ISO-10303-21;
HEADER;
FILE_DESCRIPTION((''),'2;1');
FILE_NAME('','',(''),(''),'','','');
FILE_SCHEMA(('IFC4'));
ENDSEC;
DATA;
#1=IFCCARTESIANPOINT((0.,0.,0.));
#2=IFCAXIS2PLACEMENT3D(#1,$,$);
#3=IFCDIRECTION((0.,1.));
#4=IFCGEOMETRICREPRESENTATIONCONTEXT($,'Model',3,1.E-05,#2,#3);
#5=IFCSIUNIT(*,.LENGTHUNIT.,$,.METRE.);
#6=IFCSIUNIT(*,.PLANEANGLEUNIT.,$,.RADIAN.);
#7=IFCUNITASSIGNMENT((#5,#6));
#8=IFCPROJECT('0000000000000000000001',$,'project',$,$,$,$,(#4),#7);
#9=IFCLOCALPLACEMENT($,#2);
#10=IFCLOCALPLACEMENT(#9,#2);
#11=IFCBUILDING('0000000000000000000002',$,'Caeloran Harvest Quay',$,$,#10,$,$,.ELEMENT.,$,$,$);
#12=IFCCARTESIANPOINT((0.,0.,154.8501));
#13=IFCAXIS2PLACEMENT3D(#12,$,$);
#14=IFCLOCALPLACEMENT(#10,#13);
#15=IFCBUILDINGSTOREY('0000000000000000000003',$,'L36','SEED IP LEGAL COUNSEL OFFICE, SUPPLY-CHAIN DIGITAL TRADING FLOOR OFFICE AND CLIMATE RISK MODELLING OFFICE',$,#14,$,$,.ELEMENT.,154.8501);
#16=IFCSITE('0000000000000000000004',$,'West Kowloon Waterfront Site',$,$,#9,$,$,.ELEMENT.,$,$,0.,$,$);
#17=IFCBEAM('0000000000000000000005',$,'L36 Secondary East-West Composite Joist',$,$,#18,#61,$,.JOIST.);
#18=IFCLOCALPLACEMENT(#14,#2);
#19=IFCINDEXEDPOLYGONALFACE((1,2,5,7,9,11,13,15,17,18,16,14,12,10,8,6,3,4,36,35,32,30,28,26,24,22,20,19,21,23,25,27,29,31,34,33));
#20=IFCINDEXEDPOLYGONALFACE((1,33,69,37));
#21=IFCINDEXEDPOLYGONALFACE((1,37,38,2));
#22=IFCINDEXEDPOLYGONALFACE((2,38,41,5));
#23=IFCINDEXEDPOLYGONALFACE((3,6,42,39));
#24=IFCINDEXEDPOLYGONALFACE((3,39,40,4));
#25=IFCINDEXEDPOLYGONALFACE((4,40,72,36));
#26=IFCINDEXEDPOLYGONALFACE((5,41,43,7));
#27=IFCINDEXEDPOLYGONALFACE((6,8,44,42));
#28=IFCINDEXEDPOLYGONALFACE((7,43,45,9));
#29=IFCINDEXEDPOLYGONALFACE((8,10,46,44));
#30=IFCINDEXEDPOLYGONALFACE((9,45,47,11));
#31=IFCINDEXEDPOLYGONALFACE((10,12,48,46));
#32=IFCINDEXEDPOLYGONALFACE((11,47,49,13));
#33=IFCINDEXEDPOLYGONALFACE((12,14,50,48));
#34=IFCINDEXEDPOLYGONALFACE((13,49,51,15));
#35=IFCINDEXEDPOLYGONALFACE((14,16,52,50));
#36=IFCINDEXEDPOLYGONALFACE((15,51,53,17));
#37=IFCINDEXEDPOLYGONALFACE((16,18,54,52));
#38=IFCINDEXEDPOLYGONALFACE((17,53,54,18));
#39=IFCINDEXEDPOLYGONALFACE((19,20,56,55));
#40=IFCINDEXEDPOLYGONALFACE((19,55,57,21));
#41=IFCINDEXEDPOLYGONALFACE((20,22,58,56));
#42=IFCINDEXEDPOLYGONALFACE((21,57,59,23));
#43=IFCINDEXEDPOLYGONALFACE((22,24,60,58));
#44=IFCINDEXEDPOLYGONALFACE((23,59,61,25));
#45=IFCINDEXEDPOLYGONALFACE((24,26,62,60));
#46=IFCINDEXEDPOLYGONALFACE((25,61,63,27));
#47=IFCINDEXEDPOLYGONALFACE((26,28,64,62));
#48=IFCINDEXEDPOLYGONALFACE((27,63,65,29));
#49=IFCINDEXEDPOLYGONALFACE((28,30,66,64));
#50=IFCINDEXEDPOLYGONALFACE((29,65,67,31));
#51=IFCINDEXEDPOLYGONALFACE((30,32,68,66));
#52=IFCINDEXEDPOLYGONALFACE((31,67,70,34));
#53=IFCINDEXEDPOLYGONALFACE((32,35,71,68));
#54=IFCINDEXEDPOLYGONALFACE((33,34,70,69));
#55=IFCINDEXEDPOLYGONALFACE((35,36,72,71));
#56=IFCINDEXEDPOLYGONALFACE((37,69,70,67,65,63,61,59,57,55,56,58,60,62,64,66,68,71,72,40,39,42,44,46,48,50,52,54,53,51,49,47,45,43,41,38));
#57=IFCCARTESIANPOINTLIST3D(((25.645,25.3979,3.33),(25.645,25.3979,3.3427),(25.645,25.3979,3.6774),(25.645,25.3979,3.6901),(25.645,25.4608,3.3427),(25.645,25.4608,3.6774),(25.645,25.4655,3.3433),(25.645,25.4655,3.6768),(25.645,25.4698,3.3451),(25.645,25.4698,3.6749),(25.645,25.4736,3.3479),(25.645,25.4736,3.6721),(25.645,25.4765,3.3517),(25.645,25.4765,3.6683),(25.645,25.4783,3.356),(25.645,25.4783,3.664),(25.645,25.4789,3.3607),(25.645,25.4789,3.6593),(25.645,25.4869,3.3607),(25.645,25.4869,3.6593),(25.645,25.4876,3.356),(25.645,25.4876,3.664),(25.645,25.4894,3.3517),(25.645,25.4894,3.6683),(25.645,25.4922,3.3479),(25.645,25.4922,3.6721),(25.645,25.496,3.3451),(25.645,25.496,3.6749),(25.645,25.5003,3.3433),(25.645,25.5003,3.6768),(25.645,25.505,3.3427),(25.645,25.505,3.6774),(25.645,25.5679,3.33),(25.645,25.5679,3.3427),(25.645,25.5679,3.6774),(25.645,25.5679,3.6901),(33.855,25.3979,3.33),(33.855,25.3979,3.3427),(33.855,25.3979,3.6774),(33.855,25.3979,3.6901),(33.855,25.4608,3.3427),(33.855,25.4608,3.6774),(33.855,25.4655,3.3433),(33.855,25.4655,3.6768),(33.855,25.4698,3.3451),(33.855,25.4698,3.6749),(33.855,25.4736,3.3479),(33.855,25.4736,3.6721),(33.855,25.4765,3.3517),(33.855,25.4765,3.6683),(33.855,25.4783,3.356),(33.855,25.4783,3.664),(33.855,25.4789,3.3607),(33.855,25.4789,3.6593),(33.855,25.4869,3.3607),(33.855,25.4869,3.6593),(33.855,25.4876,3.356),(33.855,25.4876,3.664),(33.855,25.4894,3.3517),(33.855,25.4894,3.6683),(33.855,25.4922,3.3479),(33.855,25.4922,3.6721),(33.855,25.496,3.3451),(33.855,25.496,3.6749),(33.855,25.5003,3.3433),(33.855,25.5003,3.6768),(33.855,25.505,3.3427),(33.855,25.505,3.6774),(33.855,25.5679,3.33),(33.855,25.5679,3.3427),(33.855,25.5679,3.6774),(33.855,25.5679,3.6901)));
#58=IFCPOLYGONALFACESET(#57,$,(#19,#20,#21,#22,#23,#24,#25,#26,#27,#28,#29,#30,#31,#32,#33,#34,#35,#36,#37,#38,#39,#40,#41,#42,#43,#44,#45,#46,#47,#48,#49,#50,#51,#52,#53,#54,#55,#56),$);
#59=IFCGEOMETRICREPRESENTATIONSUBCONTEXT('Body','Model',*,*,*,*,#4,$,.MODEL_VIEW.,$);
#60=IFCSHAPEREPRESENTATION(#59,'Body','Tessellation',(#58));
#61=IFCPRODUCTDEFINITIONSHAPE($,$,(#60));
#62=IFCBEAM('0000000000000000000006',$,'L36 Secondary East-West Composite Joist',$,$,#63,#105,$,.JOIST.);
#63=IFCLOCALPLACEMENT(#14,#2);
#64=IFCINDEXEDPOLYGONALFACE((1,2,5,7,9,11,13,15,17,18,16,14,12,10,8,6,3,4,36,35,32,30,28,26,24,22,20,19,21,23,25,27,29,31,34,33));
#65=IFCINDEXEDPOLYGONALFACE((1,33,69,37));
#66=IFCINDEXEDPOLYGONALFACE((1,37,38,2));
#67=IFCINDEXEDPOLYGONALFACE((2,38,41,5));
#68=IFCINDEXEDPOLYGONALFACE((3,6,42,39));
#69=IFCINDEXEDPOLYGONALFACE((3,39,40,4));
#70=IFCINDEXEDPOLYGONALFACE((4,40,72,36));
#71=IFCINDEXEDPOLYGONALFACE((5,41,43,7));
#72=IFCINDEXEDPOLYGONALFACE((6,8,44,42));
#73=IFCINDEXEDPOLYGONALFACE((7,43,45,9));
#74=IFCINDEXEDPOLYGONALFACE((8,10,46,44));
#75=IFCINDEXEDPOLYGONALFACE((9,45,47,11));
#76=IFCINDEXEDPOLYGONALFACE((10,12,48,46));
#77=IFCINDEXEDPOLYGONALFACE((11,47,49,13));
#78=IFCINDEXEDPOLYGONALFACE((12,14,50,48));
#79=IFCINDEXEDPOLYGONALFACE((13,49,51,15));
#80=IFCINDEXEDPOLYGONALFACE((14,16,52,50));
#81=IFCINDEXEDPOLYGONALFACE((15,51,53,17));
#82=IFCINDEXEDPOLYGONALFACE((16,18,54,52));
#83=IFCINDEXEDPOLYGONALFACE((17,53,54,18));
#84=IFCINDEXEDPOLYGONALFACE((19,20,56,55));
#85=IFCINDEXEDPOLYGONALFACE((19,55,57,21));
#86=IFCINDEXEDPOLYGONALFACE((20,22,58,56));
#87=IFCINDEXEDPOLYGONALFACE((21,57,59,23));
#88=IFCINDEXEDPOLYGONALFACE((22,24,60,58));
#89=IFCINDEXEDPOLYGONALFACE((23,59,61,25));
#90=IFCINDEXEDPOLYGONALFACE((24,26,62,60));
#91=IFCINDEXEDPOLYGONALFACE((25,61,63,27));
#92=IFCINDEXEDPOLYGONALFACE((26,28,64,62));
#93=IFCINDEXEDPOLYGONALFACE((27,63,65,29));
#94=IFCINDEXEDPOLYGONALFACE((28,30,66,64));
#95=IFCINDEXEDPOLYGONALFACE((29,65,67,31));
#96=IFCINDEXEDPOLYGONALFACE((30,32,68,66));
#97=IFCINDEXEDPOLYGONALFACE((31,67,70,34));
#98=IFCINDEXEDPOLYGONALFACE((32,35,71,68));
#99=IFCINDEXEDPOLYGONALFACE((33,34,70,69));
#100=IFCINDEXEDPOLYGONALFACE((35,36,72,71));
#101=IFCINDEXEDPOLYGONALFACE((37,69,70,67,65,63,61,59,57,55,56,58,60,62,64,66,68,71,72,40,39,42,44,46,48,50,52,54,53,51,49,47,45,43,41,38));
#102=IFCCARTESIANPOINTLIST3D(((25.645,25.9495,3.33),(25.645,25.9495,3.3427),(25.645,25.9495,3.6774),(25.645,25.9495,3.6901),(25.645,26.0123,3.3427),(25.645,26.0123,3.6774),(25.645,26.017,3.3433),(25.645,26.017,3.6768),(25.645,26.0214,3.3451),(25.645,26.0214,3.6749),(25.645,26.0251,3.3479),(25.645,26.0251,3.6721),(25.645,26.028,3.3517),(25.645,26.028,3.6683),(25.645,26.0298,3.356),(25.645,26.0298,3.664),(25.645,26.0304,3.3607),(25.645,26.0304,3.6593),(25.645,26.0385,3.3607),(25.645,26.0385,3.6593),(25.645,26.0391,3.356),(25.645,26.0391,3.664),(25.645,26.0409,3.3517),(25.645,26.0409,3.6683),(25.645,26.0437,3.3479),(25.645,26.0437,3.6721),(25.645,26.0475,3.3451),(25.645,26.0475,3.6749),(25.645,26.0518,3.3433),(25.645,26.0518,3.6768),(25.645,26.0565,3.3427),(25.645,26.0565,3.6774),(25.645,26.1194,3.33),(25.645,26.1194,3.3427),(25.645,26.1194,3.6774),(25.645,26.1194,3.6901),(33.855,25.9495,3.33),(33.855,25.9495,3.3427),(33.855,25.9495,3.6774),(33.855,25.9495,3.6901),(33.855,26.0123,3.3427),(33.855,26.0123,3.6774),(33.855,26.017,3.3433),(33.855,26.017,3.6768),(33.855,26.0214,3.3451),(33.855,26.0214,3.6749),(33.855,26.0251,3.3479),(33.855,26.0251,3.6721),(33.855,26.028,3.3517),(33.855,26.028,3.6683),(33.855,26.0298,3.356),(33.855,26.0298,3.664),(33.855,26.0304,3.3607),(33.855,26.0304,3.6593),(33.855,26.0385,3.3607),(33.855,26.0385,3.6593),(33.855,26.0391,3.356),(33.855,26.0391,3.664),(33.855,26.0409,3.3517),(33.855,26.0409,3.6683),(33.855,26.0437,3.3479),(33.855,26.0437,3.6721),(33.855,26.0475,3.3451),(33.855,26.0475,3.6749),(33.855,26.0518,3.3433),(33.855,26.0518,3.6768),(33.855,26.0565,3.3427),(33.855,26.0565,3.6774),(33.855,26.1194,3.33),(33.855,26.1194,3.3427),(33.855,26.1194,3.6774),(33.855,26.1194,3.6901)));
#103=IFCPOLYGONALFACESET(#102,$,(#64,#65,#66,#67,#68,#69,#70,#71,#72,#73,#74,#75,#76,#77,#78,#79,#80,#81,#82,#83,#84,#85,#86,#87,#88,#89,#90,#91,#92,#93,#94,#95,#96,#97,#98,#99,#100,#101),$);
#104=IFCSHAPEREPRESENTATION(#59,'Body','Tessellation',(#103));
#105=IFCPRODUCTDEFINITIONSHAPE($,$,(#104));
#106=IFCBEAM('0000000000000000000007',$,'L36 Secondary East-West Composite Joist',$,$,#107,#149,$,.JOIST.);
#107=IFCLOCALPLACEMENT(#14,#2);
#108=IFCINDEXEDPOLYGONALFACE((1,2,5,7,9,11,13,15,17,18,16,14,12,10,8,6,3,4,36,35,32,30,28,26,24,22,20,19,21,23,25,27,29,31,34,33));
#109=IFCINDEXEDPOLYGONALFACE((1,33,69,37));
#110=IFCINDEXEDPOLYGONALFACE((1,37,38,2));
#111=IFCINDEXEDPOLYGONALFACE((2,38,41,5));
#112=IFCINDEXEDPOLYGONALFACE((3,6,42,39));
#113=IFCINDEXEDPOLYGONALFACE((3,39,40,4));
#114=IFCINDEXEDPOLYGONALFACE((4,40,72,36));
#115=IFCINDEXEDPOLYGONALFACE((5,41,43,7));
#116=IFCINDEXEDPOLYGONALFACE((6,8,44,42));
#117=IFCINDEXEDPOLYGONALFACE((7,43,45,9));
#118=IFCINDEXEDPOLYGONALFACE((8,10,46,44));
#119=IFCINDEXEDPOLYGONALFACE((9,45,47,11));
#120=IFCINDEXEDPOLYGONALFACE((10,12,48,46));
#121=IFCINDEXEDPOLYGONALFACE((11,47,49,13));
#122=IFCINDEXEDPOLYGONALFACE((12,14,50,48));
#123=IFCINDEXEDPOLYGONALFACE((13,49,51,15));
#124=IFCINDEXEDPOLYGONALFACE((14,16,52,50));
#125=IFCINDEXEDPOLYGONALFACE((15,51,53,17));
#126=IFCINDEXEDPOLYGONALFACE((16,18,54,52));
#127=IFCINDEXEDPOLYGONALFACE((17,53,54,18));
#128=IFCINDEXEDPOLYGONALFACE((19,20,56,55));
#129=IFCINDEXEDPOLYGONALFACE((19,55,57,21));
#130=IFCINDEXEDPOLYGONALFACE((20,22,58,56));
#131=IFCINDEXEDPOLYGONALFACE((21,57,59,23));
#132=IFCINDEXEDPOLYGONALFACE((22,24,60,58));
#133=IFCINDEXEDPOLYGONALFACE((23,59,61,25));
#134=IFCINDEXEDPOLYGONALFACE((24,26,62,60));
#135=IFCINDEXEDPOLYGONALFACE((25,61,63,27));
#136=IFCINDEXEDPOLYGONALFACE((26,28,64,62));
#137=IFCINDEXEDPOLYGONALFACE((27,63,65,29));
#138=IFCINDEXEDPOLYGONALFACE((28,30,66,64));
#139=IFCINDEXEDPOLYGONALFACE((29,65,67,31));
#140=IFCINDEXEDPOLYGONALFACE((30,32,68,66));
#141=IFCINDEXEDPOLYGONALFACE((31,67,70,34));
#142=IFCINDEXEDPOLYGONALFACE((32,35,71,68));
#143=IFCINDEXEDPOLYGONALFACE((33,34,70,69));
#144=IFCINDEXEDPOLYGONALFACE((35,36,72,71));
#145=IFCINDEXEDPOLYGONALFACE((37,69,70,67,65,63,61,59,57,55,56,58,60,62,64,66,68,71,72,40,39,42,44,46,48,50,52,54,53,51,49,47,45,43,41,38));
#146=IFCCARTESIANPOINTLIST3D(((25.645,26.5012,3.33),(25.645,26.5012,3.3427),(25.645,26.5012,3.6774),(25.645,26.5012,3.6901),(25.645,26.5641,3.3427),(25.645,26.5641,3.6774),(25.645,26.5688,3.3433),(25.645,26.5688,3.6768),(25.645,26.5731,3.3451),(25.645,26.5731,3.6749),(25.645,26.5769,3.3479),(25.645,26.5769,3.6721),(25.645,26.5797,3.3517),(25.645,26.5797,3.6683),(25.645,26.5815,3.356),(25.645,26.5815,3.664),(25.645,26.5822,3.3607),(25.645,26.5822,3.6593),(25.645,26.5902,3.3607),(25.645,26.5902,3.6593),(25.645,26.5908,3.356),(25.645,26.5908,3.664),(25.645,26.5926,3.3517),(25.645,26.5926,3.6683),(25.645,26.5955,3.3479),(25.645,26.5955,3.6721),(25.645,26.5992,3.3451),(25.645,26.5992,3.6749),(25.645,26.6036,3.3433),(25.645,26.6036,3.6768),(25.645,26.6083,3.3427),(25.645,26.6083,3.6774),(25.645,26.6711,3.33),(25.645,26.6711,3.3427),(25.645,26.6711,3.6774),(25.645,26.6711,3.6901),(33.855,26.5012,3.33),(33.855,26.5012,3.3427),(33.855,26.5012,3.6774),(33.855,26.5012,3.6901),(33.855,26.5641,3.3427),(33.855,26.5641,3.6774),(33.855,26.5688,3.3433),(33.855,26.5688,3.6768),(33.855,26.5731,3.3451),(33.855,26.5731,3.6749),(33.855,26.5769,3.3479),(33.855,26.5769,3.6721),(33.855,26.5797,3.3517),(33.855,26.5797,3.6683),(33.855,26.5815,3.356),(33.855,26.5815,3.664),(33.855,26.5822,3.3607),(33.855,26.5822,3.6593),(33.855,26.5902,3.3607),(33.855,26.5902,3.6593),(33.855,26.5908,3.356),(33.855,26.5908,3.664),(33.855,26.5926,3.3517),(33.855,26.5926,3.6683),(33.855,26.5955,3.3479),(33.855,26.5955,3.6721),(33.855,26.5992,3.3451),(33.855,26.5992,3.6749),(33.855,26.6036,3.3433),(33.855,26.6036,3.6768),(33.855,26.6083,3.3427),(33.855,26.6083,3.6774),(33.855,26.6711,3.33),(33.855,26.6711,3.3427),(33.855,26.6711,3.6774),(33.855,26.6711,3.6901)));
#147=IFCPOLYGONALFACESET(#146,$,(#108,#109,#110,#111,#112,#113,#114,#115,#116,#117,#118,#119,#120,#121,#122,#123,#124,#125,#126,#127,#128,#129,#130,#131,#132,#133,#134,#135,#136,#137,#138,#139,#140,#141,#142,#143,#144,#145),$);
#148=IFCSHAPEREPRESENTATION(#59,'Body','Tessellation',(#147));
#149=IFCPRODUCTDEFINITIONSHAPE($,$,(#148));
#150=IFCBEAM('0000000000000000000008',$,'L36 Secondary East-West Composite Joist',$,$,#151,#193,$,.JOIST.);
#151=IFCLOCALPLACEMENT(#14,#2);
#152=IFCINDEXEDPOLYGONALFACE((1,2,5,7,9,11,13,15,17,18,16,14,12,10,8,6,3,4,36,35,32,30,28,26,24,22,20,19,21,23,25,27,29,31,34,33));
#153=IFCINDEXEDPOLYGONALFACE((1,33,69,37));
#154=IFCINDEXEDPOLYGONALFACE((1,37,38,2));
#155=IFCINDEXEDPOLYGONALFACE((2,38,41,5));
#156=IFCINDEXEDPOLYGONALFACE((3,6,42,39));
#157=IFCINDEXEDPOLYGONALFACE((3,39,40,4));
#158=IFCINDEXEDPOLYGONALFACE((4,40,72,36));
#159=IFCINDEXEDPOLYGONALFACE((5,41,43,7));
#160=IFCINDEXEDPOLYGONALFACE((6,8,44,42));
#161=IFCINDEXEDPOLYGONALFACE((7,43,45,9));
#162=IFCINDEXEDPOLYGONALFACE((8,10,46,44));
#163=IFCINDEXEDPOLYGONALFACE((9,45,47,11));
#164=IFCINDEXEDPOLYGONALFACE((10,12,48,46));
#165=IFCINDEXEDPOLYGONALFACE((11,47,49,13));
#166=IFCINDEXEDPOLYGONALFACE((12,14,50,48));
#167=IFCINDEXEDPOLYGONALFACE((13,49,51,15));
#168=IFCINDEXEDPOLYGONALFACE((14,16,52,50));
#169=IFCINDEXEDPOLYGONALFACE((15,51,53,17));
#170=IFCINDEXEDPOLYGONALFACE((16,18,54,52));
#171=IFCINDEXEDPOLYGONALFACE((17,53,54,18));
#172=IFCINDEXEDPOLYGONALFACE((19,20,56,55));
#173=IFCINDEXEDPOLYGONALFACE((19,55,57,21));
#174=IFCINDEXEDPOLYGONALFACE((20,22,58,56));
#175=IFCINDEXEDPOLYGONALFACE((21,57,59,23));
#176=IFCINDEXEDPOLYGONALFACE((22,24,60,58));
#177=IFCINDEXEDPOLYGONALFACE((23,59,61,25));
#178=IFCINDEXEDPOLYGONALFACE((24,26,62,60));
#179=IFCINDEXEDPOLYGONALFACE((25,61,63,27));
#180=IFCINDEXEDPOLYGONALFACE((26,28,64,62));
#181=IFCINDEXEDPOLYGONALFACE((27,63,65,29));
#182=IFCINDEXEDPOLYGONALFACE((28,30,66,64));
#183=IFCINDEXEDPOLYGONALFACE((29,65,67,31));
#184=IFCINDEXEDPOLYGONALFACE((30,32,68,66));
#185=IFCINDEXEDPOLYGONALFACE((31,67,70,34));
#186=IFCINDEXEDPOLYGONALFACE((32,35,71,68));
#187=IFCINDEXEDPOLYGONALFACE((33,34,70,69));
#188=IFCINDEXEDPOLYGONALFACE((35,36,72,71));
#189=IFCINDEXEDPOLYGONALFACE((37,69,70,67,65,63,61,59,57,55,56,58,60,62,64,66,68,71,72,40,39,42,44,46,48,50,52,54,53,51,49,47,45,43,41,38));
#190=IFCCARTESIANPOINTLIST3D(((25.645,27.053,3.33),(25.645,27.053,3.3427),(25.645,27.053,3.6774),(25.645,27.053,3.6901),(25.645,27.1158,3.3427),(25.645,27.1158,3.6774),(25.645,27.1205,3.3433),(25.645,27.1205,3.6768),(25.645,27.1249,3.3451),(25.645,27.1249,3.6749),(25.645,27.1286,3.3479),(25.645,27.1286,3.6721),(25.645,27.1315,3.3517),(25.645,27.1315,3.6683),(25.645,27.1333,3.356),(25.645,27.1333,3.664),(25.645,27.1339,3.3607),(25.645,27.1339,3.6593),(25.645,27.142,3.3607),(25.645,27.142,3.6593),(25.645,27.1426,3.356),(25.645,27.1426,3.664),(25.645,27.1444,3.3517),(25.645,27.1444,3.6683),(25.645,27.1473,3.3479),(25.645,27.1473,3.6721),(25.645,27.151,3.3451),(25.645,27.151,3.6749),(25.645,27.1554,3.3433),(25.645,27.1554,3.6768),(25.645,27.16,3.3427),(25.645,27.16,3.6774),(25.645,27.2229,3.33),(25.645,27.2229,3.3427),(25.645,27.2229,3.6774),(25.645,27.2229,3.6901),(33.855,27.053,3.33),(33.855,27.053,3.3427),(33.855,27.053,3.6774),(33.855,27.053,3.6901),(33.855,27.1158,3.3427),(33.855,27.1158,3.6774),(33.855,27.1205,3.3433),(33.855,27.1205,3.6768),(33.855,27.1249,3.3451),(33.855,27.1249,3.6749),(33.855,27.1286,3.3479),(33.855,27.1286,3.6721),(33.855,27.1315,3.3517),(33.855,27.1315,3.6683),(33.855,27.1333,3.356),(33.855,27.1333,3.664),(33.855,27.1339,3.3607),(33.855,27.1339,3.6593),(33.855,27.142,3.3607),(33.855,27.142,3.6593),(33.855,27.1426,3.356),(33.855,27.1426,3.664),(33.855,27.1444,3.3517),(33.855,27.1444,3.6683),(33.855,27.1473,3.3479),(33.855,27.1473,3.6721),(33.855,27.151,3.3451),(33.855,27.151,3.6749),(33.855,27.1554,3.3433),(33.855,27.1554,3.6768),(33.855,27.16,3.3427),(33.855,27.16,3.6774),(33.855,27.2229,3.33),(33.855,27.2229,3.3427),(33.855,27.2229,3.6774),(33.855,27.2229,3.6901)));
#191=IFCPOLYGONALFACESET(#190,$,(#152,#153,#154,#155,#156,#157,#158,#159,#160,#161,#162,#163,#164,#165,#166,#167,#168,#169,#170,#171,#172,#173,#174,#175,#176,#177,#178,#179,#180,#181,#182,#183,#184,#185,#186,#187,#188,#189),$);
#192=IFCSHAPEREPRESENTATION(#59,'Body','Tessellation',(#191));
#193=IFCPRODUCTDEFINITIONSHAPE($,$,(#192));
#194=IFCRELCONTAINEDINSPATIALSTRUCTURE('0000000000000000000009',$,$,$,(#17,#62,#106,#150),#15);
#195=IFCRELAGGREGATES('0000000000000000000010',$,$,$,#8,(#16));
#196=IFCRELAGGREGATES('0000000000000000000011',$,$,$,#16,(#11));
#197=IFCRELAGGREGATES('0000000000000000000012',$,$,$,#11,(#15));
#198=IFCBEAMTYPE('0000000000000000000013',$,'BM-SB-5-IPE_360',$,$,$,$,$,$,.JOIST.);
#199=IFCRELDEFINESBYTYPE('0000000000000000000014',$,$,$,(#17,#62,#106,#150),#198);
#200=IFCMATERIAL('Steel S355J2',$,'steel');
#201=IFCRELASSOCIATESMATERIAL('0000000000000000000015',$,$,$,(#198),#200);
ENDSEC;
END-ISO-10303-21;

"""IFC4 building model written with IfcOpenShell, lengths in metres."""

from ifc_helpers import new_model, si_unit, direction, frame, origin, origin_2d, place, context, subcontext, project, spatial, i_section, extrude, material, material_profile, profile_set, type_object, element, save


model = new_model("IFC4")

# Units and contexts
model_context = context("Model", 3, precision=1e-05, world=origin(), true_north=direction((0.0, 1.0)))
body_context = subcontext(model_context, "Body", "Model", "MODEL_VIEW")
ifc_project = project(units=[si_unit("LENGTHUNIT", "METRE"), si_unit("PLANEANGLEUNIT", "RADIAN")], contexts=[model_context])

# Site, building, storey
site_placement = place(None, origin())
site = spatial("IfcSite", under=ifc_project, at=site_placement, Name="West Kowloon Waterfront Site", CompositionType="ELEMENT", RefElevation=0.0)
building_placement = place(site_placement, origin())
building = spatial("IfcBuilding", under=site, at=building_placement, Name="Caeloran Harvest Quay", CompositionType="ELEMENT")
storey_placement = place(building_placement, frame((0.0, 0.0, 154.8501)))
storey = spatial("IfcBuildingStorey", under=building, at=storey_placement, Name="L36", Description="SEED IP LEGAL COUNSEL OFFICE, SUPPLY-CHAIN DIGITAL TRADING FLOOR OFFICE AND CLIMATE RISK MODELLING OFFICE", CompositionType="ELEMENT", Elevation=154.8501)

# Beams
ifc_material_1 = material(Name="Steel S355J2", Category="steel")
ifc_material_profile_1 = material_profile(ifc_material_1, i_section(OverallWidth=0.1699, OverallDepth=0.3601, WebThickness=0.0081, FlangeThickness=0.0127, FilletRadius=0.0181, at=origin_2d()), Name="IPE 360")
ifc_profile_set_1 = profile_set([ifc_material_profile_1], Name="Steel S355J2")
beam_type_1 = type_object("IfcBeamType", Name="BM-SB-5-IPE_360", PredefinedType="JOIST", material=ifc_profile_set_1)
for number, where, z_axis, x_axis, name in (
    (1, (25.645, 25.4829, 3.51), (1.0, 0.0, 0.0), (0.0, 1.0, 0.0), "L36 Secondary East-West Composite Joist"),
    (2, (25.645, 26.0344, 3.51), (1.0, 0.0, 0.0), (0.0, 1.0, 0.0), "L36 Secondary East-West Composite Joist"),
    (3, (25.645, 26.5862, 3.51), (1.0, 0.0, 0.0), (0.0, 1.0, 0.0), "L36 Secondary East-West Composite Joist"),
    (4, (25.645, 27.1379, 3.51), (1.0, 0.0, 0.0), (0.0, 1.0, 0.0), "L36 Secondary East-West Composite Joist"),
):
    element("IfcBeam", number, at=place(storey_placement, frame(where, z_axis=z_axis, x_axis=x_axis)), inside=storey, type_object=beam_type_1, Name=name, PredefinedType="JOIST", context=body_context, shape_type="SweptSolid", body=[
        extrude(i_section(OverallWidth=0.1699, OverallDepth=0.3601, WebThickness=0.0081, FlangeThickness=0.0127, FilletRadius=0.0181, at=origin_2d()), origin(), (0.0, 0.0, 1.0), 8.21),
    ])

save(model, "model.ifc")
